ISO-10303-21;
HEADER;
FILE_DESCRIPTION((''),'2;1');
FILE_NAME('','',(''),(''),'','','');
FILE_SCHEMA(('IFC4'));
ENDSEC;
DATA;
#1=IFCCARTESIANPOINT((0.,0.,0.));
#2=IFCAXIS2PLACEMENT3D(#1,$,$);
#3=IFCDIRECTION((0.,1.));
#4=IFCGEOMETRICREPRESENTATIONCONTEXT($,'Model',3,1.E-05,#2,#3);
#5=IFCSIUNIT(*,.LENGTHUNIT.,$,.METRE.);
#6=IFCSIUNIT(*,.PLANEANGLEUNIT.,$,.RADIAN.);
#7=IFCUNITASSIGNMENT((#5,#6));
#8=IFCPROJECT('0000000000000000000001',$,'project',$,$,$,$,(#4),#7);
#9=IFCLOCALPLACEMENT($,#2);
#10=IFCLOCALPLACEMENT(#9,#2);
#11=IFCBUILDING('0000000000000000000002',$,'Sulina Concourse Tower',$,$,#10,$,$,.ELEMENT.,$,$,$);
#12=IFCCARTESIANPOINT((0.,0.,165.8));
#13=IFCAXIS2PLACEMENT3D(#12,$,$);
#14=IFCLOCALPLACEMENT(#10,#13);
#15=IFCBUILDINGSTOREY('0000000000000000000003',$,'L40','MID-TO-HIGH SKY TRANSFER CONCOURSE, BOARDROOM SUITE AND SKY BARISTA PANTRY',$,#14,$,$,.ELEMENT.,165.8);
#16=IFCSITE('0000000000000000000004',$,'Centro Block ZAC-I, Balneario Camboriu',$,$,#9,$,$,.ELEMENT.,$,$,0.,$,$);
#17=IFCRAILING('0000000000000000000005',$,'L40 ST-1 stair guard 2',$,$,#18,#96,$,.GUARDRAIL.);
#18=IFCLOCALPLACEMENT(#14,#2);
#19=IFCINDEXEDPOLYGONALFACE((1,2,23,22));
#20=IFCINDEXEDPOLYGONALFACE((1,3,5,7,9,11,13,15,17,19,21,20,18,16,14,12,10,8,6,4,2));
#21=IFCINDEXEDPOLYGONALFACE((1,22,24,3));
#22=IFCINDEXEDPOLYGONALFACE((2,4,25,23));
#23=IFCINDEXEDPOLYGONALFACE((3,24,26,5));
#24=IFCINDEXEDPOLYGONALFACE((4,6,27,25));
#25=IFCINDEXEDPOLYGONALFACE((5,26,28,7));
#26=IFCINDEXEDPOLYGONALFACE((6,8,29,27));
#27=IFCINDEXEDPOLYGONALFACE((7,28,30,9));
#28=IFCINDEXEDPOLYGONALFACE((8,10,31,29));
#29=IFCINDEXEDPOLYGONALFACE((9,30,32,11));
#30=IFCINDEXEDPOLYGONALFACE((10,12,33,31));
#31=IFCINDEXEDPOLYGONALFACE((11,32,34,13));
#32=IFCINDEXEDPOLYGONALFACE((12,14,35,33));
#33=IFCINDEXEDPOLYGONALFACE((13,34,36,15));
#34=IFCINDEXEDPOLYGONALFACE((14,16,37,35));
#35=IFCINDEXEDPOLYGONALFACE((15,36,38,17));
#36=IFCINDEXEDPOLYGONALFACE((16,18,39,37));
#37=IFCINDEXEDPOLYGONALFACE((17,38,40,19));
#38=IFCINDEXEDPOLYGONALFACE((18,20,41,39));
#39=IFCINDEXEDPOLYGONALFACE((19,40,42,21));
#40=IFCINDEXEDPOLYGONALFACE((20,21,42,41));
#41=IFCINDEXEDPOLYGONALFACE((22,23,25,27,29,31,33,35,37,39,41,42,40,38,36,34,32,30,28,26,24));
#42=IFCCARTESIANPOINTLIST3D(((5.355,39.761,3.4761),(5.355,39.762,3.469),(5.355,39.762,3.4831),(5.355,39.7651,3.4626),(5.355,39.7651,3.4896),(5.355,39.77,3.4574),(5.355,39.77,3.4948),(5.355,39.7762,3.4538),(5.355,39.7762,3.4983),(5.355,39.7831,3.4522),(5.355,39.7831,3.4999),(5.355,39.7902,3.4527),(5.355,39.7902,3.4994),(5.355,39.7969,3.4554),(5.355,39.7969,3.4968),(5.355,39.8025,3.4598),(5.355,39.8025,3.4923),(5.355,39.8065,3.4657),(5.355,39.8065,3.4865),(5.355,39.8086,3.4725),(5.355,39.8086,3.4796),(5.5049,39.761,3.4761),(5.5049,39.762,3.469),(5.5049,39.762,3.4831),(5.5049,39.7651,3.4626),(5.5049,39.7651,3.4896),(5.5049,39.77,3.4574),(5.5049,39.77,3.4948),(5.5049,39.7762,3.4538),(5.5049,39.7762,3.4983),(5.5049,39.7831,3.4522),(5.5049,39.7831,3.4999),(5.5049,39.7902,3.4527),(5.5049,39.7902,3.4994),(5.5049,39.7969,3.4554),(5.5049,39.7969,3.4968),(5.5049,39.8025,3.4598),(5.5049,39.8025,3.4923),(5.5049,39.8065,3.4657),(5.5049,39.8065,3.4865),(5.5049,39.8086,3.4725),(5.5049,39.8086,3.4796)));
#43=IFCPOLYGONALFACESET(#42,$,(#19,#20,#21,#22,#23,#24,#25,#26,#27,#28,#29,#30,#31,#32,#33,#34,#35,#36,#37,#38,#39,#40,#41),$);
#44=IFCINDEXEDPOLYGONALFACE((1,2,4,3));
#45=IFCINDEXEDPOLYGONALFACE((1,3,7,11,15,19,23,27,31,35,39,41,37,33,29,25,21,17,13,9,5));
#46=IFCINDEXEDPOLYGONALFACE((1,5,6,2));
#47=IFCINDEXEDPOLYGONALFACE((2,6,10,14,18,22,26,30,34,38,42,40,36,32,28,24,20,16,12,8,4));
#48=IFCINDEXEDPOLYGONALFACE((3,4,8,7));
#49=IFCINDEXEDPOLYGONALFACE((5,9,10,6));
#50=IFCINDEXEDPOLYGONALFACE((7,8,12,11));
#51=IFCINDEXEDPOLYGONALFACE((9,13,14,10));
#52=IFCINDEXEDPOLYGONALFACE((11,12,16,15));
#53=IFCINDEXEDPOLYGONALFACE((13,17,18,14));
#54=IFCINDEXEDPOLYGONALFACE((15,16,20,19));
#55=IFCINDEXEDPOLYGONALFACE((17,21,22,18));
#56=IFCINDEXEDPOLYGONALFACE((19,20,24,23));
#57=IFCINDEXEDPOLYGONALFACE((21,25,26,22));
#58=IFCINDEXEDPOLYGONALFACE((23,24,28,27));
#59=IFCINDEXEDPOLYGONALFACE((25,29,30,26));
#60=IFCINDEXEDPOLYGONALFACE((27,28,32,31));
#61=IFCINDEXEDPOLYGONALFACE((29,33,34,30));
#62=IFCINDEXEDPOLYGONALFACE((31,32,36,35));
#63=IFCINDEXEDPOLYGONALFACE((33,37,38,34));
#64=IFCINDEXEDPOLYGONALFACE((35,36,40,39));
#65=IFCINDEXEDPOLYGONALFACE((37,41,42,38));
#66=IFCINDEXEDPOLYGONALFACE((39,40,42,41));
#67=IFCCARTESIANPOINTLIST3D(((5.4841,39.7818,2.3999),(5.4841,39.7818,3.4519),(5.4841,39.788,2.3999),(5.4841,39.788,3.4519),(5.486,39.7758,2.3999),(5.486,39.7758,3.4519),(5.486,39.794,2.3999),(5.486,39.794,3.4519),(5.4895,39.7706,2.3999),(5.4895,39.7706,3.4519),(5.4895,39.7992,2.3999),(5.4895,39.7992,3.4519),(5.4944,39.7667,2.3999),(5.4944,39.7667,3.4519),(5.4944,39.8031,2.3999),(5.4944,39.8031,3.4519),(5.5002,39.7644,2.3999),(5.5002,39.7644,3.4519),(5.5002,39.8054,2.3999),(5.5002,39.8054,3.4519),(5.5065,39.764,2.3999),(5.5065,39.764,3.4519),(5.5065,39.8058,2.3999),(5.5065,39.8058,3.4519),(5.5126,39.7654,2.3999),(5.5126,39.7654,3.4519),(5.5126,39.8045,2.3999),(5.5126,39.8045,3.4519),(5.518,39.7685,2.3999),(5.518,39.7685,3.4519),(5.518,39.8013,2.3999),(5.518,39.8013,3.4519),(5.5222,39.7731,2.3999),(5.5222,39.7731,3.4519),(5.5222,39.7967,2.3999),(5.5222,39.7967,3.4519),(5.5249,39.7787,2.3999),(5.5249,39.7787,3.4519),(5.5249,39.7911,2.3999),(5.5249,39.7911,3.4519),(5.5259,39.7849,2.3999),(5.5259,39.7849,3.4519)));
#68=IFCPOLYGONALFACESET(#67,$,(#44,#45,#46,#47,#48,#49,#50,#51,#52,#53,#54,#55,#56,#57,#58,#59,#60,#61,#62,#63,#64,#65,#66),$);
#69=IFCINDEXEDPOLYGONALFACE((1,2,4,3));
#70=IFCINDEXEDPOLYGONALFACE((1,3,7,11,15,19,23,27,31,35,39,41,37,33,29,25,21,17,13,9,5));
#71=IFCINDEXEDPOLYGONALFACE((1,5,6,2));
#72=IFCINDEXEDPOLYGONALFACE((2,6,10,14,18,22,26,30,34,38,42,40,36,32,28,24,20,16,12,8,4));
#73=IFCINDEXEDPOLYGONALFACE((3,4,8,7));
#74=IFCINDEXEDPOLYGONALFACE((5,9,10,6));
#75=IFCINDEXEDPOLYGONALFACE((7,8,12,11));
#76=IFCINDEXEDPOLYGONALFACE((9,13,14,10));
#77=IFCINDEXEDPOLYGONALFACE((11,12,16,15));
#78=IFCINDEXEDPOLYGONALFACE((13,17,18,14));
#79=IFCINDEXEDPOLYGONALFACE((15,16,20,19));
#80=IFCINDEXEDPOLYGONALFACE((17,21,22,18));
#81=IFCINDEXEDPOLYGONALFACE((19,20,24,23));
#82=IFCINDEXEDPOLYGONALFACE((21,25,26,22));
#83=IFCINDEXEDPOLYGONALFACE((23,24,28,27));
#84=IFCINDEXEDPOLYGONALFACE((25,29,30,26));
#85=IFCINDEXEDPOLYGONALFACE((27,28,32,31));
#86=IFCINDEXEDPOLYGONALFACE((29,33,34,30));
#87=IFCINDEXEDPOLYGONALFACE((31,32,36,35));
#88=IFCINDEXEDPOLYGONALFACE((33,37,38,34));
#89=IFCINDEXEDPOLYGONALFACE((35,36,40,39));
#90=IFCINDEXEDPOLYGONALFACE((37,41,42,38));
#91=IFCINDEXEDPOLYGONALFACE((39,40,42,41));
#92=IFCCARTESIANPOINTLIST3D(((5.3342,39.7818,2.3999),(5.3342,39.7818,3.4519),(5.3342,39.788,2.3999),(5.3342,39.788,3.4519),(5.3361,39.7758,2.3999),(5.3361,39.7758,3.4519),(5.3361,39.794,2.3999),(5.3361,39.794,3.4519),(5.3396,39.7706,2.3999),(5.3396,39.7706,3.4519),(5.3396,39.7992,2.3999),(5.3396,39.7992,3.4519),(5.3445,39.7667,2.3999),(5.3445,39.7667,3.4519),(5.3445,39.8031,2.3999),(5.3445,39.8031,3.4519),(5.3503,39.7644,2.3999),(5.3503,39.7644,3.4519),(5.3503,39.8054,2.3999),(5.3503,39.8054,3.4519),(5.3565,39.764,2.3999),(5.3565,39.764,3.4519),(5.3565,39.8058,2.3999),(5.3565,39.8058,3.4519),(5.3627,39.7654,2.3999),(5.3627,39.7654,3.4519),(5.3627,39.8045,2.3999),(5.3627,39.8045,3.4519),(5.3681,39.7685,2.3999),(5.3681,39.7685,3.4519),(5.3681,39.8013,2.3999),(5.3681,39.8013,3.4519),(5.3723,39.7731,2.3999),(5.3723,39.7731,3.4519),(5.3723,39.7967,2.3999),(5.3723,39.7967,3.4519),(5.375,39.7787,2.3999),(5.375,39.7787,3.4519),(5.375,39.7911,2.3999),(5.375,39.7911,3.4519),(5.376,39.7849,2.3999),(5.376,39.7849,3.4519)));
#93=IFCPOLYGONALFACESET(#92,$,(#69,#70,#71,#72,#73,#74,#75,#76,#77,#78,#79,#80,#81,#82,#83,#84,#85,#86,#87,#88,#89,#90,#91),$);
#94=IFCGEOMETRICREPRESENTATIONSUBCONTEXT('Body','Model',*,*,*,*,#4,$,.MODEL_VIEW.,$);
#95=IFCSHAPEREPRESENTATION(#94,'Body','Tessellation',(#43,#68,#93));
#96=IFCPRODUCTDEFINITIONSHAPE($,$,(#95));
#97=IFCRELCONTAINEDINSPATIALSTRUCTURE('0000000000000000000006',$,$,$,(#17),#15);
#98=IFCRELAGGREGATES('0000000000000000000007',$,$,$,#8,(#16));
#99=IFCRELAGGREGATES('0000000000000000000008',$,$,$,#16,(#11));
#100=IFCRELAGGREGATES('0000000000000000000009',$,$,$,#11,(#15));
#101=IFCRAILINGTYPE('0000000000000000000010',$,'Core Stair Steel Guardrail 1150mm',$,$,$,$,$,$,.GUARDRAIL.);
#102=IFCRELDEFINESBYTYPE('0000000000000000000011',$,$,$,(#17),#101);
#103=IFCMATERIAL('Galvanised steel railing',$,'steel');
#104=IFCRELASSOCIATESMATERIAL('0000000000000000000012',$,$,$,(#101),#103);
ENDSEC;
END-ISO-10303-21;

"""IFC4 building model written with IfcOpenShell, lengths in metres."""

from ifc_helpers import new_model, si_unit, direction, frame, origin, origin_2d, place, context, subcontext, project, spatial, circle, extrude, material, type_object, element, save


model = new_model("IFC4")

# Units and contexts
model_context = context("Model", 3, precision=1e-05, world=origin(), true_north=direction((0.0, 1.0)))
body_context = subcontext(model_context, "Body", "Model", "MODEL_VIEW")
ifc_project = project(units=[si_unit("LENGTHUNIT", "METRE"), si_unit("PLANEANGLEUNIT", "RADIAN")], contexts=[model_context])

# Site, building, storey
site_placement = place(None, origin())
site = spatial("IfcSite", under=ifc_project, at=site_placement, Name="Centro Block ZAC-I, Balneario Camboriu", CompositionType="ELEMENT", RefElevation=0.0)
building_placement = place(site_placement, origin())
building = spatial("IfcBuilding", under=site, at=building_placement, Name="Sulina Concourse Tower", CompositionType="ELEMENT")
storey_placement = place(building_placement, frame((0.0, 0.0, 165.8)))
storey = spatial("IfcBuildingStorey", under=building, at=storey_placement, Name="L40", Description="MID-TO-HIGH SKY TRANSFER CONCOURSE, BOARDROOM SUITE AND SKY BARISTA PANTRY", CompositionType="ELEMENT", Elevation=165.8)

# Railing
ifc_material_1 = material(Name="Galvanised steel railing", Category="steel")
railing_type_1 = type_object("IfcRailingType", Name="Core Stair Steel Guardrail 1150mm", PredefinedType="GUARDRAIL", material=ifc_material_1)
railing_1_placement = place(storey_placement, frame((5.5049, 39.7849, 2.3999)))
element("IfcRailing", 1, at=railing_1_placement, inside=storey, type_object=railing_type_1, Name="L40 ST-1 stair guard 2", PredefinedType="GUARDRAIL", context=body_context, shape_type="SweptSolid", body=[
    extrude(circle(Radius=0.0239, at=origin_2d()), frame((0.0, 0.0, 1.0762), z_axis=(-1.0, 0.0, 0.0), x_axis=(0.0, -1.0, 0.0)), (0.0, 0.0, 1.0), 0.1499),
    extrude(circle(Radius=0.021, at=origin_2d()), origin(), (0.0, 0.0, 1.0), 1.052),
    extrude(circle(Radius=0.021, at=origin_2d()), frame((-0.1499, 0.0, 0.0)), (0.0, 0.0, 1.0), 1.052),
])

save(model, "model.ifc")
